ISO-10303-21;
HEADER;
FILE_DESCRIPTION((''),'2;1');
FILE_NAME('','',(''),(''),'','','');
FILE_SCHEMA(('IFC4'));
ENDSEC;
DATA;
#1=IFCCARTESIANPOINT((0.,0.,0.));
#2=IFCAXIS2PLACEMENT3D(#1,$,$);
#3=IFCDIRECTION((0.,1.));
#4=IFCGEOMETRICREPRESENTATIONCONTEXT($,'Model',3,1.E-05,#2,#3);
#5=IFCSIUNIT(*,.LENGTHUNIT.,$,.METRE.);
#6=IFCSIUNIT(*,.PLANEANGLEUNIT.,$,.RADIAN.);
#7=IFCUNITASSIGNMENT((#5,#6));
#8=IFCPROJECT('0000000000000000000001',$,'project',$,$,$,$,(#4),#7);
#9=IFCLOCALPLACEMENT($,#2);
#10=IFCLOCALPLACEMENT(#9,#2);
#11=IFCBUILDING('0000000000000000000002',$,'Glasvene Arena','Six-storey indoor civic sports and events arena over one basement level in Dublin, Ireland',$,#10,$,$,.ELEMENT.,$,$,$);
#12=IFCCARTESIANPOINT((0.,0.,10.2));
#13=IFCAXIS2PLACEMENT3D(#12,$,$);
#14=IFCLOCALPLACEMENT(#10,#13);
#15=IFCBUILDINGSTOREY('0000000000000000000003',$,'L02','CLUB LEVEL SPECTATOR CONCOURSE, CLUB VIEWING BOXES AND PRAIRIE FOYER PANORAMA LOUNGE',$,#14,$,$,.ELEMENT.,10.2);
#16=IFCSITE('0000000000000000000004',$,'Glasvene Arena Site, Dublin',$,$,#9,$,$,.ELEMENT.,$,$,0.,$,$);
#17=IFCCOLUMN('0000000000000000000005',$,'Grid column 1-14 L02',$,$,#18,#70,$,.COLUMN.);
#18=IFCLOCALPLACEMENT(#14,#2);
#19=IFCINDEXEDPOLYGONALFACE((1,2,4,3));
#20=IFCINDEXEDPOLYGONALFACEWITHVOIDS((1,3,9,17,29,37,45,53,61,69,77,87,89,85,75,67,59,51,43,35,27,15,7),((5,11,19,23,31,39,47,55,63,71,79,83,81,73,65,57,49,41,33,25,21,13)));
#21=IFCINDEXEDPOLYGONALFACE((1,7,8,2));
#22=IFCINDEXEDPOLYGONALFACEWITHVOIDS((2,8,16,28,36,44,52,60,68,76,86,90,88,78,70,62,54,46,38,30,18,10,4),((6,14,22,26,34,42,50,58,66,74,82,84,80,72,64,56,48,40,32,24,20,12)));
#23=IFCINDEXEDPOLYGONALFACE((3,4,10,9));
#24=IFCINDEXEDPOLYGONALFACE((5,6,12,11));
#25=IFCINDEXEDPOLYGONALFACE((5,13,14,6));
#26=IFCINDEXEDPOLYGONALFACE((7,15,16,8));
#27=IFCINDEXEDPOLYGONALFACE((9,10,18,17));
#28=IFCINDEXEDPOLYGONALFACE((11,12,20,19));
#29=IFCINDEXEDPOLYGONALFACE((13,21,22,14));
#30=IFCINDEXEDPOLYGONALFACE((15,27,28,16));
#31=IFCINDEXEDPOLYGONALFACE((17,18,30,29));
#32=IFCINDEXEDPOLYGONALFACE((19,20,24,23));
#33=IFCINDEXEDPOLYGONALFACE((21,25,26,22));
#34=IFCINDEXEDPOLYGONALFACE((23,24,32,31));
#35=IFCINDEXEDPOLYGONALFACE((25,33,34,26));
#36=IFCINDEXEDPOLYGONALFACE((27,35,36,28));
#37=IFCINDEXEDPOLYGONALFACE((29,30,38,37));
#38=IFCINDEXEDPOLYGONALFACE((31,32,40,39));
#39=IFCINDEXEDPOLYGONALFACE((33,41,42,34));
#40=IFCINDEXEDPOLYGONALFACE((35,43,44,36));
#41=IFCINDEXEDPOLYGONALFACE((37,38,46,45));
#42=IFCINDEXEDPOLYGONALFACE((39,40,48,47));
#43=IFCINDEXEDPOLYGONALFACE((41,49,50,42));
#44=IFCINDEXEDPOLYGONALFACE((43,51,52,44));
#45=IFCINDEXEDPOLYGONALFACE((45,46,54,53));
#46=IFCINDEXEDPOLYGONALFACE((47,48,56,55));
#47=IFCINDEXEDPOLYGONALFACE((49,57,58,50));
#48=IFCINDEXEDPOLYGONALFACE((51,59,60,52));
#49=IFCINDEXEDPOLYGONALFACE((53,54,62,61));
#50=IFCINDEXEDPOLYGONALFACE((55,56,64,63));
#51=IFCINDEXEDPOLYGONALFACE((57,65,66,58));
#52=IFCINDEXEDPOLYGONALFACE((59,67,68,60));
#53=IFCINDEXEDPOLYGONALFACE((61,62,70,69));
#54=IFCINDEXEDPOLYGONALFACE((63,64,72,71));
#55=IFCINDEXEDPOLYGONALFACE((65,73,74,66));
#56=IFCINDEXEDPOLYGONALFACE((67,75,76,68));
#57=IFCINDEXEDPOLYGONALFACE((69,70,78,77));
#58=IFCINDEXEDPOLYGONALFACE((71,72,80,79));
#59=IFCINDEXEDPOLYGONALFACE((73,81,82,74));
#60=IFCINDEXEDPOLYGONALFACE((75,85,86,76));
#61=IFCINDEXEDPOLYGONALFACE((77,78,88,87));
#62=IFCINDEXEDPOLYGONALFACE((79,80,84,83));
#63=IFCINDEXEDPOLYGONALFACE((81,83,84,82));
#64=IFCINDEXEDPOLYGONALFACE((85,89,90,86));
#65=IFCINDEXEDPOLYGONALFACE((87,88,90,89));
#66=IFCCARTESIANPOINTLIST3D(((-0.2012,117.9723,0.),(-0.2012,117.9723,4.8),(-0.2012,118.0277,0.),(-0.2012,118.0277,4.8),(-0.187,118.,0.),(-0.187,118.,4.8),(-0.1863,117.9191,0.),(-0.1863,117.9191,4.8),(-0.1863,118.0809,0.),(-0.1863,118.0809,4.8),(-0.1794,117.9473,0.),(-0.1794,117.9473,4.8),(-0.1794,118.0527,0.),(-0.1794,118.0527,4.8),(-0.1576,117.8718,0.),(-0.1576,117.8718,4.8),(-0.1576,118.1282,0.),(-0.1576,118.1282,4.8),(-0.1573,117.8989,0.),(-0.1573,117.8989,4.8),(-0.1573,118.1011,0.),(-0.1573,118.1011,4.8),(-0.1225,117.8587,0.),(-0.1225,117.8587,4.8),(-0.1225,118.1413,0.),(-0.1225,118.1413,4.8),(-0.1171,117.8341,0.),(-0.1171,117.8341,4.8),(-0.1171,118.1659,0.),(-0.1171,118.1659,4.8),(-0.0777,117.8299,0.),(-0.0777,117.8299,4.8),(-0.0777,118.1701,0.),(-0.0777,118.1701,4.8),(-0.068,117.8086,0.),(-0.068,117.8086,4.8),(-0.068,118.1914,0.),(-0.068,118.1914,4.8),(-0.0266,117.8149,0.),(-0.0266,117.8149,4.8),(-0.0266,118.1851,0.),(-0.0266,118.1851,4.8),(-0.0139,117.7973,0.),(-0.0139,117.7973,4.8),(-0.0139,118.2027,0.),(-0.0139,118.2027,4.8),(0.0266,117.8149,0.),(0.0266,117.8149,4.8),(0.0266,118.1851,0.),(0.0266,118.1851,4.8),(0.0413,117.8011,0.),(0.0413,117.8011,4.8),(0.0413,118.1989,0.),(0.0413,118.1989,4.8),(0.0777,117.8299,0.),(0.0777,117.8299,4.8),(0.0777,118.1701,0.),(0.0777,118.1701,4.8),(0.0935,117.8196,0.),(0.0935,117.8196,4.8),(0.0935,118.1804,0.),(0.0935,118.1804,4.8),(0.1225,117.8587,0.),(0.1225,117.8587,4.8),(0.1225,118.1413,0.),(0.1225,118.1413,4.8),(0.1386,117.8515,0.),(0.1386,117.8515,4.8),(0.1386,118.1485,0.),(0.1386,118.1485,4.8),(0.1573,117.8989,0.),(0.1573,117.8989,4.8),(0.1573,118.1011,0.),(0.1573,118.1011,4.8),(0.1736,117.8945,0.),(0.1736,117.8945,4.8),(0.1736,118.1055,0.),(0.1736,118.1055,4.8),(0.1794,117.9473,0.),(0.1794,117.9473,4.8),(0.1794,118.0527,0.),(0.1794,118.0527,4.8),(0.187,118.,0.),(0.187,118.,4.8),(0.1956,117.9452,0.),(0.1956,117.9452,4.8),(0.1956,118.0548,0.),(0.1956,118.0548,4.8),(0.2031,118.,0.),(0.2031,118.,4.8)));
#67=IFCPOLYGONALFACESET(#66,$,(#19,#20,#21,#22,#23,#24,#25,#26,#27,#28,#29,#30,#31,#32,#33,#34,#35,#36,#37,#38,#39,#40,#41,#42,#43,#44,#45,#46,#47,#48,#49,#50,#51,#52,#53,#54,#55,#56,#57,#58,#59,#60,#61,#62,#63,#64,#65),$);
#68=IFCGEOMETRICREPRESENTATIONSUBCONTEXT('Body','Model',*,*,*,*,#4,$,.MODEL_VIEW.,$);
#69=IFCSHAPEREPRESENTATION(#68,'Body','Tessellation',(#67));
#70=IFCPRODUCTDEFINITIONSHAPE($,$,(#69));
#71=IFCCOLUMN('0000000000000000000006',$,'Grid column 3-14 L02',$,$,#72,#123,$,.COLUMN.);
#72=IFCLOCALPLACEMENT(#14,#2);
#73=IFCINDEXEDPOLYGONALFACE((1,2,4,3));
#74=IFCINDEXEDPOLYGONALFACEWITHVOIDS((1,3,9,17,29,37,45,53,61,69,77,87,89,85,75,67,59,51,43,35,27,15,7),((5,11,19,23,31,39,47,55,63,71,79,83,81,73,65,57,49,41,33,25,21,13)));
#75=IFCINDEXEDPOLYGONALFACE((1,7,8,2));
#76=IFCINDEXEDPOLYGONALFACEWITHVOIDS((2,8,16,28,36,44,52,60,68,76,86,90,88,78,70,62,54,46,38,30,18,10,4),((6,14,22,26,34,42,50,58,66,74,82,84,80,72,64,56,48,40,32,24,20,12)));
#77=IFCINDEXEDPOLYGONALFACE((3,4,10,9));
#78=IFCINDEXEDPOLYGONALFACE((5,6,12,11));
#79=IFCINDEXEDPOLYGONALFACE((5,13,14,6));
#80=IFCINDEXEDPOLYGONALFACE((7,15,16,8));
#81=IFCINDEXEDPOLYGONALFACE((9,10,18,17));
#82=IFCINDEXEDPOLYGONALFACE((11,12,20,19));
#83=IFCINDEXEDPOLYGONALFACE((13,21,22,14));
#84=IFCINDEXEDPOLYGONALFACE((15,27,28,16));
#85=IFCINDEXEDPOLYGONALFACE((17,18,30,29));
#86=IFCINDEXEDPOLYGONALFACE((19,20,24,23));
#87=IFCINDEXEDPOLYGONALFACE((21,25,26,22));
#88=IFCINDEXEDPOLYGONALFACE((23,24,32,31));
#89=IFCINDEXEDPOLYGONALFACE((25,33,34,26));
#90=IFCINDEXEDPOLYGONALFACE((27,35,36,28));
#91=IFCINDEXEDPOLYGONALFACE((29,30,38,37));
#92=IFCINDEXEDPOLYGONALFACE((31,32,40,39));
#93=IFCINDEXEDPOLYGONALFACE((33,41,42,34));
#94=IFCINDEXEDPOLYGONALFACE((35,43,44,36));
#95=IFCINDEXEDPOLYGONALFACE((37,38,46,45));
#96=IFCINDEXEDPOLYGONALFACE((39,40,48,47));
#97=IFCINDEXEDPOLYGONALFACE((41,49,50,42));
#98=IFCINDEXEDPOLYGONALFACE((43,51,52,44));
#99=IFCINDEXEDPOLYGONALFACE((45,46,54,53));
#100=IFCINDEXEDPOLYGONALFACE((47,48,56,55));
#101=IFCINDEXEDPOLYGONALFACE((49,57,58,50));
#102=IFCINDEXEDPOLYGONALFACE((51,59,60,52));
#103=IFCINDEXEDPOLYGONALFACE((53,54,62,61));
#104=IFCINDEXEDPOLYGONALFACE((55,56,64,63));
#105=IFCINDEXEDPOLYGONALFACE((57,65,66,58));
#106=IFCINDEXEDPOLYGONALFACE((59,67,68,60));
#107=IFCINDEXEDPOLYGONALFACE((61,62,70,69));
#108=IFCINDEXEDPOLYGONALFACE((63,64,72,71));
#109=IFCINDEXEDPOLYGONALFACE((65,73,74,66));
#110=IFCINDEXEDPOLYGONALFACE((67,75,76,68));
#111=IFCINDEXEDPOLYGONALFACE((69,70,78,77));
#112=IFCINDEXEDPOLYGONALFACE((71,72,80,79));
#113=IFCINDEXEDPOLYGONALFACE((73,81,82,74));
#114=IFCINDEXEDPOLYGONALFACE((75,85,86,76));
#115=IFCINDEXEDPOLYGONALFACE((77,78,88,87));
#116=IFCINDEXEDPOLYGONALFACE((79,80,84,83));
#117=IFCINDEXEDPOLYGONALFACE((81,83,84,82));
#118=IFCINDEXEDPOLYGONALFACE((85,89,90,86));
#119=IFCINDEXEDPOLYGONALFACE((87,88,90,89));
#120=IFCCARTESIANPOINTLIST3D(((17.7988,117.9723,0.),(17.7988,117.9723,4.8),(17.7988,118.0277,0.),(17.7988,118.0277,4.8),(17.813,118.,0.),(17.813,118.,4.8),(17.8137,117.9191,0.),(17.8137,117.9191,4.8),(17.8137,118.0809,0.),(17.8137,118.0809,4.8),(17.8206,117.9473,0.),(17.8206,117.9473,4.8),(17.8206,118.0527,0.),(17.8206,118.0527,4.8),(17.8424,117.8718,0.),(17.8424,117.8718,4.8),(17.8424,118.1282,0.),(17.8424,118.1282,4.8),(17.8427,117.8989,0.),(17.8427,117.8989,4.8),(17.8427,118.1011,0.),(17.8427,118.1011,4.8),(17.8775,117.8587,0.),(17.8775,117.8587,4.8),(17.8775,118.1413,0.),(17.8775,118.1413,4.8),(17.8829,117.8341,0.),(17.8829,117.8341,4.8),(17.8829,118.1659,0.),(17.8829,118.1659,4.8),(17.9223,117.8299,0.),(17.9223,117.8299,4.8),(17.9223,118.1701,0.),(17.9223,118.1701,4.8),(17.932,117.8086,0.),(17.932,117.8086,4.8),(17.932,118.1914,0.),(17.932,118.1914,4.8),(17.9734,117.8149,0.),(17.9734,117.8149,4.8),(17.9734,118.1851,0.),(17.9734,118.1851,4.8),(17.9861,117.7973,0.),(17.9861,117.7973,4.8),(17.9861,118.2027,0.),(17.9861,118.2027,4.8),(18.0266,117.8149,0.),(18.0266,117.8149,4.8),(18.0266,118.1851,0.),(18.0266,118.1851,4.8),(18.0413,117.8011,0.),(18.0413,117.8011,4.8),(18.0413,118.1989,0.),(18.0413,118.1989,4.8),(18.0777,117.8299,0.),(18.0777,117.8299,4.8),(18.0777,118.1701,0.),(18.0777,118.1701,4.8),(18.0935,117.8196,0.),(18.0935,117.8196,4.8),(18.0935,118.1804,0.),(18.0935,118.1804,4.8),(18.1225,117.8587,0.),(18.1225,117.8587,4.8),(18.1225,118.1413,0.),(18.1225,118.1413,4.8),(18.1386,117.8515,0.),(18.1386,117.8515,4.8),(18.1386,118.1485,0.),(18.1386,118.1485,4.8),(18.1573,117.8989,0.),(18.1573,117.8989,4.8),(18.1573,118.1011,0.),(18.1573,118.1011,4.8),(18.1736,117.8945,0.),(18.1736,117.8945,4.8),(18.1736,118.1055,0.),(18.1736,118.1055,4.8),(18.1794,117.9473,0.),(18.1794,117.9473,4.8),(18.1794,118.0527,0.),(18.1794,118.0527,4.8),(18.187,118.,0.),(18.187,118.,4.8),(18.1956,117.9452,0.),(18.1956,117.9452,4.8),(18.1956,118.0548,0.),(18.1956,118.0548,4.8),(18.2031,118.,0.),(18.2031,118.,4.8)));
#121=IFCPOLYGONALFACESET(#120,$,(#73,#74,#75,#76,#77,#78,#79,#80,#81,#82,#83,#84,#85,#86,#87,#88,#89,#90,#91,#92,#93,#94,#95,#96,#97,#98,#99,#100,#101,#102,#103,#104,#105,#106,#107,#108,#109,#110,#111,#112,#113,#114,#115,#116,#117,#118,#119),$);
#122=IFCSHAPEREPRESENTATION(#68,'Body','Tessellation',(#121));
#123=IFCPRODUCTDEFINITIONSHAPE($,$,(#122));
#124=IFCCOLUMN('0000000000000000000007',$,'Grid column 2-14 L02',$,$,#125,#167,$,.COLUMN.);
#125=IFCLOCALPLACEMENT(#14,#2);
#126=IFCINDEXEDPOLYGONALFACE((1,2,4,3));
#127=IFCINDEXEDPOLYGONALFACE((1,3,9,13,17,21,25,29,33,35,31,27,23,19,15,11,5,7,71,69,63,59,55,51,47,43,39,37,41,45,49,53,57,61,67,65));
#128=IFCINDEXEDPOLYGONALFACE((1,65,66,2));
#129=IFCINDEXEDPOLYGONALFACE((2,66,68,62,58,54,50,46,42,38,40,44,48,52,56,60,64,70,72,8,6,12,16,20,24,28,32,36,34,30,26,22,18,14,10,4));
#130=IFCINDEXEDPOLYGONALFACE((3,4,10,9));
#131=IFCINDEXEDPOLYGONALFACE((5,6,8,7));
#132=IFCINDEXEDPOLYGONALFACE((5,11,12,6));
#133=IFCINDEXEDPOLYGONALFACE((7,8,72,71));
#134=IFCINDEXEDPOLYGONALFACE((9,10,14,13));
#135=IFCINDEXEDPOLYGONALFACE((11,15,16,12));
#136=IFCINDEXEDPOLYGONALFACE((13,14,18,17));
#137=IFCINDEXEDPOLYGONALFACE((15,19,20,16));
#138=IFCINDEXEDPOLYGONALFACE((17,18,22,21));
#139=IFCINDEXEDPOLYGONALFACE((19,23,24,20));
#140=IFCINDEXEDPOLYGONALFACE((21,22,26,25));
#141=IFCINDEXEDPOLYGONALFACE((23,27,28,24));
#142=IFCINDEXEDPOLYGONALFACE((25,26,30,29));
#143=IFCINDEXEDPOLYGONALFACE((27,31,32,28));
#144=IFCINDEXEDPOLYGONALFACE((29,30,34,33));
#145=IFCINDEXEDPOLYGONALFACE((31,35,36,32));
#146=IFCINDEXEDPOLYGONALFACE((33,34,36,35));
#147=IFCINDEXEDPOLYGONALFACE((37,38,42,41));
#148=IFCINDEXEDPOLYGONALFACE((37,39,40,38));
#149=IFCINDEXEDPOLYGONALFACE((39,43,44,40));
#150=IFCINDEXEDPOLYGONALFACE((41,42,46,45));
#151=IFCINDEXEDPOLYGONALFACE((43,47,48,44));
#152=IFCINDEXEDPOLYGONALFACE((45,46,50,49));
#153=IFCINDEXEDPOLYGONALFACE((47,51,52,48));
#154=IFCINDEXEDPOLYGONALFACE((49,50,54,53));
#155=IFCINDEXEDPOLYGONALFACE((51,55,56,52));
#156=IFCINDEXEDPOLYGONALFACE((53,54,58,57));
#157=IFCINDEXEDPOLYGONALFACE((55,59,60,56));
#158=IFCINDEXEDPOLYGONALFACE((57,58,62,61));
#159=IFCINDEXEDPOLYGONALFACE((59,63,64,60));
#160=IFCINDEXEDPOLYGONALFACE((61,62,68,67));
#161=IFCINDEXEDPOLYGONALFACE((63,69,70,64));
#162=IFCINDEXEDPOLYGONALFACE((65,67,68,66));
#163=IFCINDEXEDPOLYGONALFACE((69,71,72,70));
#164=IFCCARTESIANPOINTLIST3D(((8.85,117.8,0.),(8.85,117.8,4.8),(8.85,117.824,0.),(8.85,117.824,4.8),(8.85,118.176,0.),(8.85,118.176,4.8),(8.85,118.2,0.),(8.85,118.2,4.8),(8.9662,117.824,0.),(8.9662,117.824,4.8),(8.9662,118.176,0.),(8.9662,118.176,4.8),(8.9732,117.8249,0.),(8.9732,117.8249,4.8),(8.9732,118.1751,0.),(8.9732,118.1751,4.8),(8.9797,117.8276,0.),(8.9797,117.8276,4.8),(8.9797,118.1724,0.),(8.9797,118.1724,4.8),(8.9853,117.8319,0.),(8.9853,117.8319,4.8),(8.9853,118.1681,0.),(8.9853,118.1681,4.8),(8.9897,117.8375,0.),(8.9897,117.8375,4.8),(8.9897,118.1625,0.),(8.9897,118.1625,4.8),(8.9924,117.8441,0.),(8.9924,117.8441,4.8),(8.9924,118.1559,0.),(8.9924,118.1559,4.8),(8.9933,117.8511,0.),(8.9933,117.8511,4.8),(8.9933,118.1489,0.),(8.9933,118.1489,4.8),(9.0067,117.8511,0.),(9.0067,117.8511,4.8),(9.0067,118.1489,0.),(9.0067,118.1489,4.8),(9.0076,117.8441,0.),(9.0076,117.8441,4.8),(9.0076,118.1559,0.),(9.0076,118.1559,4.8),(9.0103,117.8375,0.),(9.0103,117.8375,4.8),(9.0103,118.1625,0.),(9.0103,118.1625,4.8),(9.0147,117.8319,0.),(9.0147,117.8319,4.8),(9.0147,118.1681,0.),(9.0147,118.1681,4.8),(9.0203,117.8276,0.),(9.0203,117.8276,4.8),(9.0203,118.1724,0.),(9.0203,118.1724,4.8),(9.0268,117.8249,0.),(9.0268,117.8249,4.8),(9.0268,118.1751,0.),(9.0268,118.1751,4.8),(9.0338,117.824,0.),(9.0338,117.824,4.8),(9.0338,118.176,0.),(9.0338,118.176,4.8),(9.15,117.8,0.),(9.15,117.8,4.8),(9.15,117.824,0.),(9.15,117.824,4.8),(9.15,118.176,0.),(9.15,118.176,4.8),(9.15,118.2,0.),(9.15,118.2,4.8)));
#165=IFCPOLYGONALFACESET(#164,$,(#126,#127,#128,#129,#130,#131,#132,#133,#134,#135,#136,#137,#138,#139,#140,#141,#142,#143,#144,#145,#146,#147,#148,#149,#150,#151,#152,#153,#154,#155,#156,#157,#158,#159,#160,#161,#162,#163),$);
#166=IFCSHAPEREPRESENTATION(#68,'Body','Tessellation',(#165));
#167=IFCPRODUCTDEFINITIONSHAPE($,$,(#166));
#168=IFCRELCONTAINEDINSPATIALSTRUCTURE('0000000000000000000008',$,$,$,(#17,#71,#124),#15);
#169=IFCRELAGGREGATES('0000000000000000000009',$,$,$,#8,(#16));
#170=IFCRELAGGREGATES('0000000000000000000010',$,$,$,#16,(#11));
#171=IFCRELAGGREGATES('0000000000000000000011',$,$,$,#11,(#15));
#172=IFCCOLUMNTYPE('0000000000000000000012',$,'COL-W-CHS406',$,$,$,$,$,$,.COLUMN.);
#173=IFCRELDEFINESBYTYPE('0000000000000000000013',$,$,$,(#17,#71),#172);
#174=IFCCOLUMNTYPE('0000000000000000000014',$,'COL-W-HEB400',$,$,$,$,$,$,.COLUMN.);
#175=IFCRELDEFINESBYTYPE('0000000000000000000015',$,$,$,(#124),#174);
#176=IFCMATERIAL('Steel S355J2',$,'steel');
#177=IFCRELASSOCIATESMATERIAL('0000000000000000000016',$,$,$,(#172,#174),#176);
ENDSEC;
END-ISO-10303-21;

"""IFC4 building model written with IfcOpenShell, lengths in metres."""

from ifc_helpers import new_model, si_unit, direction, frame, origin, origin_2d, place, context, subcontext, project, spatial, hollow_circle, i_section, extrude, material, material_profile, profile_set, type_object, element, save


model = new_model("IFC4")

# Units and contexts
model_context = context("Model", 3, precision=1e-05, world=origin(), true_north=direction((0.0, 1.0)))
body_context = subcontext(model_context, "Body", "Model", "MODEL_VIEW")
ifc_project = project(units=[si_unit("LENGTHUNIT", "METRE"), si_unit("PLANEANGLEUNIT", "RADIAN")], contexts=[model_context])

# Site, building, storey
site_placement = place(None, origin())
site = spatial("IfcSite", under=ifc_project, at=site_placement, Name="Glasvene Arena Site, Dublin", CompositionType="ELEMENT", RefElevation=0.0)
building_placement = place(site_placement, origin())
building = spatial("IfcBuilding", under=site, at=building_placement, Name="Glasvene Arena", Description="Six-storey indoor civic sports and events arena over one basement level in Dublin, Ireland", CompositionType="ELEMENT")
storey_placement = place(building_placement, frame((0.0, 0.0, 10.2)))
storey = spatial("IfcBuildingStorey", under=building, at=storey_placement, Name="L02", Description="CLUB LEVEL SPECTATOR CONCOURSE, CLUB VIEWING BOXES AND PRAIRIE FOYER PANORAMA LOUNGE", CompositionType="ELEMENT", Elevation=10.2)

# Columns
ifc_material_1 = material(Name="Steel S355J2", Category="steel")
ifc_material_profile_1 = material_profile(ifc_material_1, hollow_circle(Radius=0.2031, WallThickness=0.0161, at=origin_2d()), Name="CHS 406.4x16.0")
ifc_profile_set_1 = profile_set([ifc_material_profile_1], Name="Steel S355J2")
column_type_1 = type_object("IfcColumnType", Name="COL-W-CHS406", PredefinedType="COLUMN", material=ifc_profile_set_1)
for number, where, z_axis, x_axis, name in (
    (1, (0.0, 118.0, 0.0), (0.0, 0.0, 1.0), (1.0, 0.0, 0.0), "Grid column 1-14 L02"),
    (2, (18.0, 118.0, 0.0), (0.0, 0.0, 1.0), (1.0, 0.0, 0.0), "Grid column 3-14 L02"),
):
    element("IfcColumn", number, at=place(storey_placement, frame(where, z_axis=z_axis, x_axis=x_axis)), inside=storey, type_object=column_type_1, Name=name, PredefinedType="COLUMN", context=body_context, shape_type="SweptSolid", body=[
        extrude(hollow_circle(Radius=0.2031, WallThickness=0.0161, at=origin_2d()), origin(), (0.0, 0.0, 1.0), 4.8),
    ])
ifc_material_profile_2 = material_profile(ifc_material_1, i_section(OverallWidth=0.3, OverallDepth=0.3999, WebThickness=0.0134, FlangeThickness=0.0239, FilletRadius=0.0271, at=origin_2d()), Name="HEB 400")
ifc_profile_set_2 = profile_set([ifc_material_profile_2], Name="Steel S355J2")
column_type_2 = type_object("IfcColumnType", Name="COL-W-HEB400", PredefinedType="COLUMN", material=ifc_profile_set_2)
column_placement = place(storey_placement, frame((9.0, 118.0, 0.0), z_axis=(0.0, 0.0, 1.0), x_axis=(1.0, 0.0, 0.0)))
element("IfcColumn", 3, at=column_placement, inside=storey, type_object=column_type_2, Name="Grid column 2-14 L02", PredefinedType="COLUMN", context=body_context, shape_type="SweptSolid", body=[
    extrude(i_section(OverallWidth=0.3, OverallDepth=0.3999, WebThickness=0.0134, FlangeThickness=0.0239, FilletRadius=0.0271, at=origin_2d()), origin(), (0.0, 0.0, 1.0), 4.8),
])

save(model, "model.ifc")
